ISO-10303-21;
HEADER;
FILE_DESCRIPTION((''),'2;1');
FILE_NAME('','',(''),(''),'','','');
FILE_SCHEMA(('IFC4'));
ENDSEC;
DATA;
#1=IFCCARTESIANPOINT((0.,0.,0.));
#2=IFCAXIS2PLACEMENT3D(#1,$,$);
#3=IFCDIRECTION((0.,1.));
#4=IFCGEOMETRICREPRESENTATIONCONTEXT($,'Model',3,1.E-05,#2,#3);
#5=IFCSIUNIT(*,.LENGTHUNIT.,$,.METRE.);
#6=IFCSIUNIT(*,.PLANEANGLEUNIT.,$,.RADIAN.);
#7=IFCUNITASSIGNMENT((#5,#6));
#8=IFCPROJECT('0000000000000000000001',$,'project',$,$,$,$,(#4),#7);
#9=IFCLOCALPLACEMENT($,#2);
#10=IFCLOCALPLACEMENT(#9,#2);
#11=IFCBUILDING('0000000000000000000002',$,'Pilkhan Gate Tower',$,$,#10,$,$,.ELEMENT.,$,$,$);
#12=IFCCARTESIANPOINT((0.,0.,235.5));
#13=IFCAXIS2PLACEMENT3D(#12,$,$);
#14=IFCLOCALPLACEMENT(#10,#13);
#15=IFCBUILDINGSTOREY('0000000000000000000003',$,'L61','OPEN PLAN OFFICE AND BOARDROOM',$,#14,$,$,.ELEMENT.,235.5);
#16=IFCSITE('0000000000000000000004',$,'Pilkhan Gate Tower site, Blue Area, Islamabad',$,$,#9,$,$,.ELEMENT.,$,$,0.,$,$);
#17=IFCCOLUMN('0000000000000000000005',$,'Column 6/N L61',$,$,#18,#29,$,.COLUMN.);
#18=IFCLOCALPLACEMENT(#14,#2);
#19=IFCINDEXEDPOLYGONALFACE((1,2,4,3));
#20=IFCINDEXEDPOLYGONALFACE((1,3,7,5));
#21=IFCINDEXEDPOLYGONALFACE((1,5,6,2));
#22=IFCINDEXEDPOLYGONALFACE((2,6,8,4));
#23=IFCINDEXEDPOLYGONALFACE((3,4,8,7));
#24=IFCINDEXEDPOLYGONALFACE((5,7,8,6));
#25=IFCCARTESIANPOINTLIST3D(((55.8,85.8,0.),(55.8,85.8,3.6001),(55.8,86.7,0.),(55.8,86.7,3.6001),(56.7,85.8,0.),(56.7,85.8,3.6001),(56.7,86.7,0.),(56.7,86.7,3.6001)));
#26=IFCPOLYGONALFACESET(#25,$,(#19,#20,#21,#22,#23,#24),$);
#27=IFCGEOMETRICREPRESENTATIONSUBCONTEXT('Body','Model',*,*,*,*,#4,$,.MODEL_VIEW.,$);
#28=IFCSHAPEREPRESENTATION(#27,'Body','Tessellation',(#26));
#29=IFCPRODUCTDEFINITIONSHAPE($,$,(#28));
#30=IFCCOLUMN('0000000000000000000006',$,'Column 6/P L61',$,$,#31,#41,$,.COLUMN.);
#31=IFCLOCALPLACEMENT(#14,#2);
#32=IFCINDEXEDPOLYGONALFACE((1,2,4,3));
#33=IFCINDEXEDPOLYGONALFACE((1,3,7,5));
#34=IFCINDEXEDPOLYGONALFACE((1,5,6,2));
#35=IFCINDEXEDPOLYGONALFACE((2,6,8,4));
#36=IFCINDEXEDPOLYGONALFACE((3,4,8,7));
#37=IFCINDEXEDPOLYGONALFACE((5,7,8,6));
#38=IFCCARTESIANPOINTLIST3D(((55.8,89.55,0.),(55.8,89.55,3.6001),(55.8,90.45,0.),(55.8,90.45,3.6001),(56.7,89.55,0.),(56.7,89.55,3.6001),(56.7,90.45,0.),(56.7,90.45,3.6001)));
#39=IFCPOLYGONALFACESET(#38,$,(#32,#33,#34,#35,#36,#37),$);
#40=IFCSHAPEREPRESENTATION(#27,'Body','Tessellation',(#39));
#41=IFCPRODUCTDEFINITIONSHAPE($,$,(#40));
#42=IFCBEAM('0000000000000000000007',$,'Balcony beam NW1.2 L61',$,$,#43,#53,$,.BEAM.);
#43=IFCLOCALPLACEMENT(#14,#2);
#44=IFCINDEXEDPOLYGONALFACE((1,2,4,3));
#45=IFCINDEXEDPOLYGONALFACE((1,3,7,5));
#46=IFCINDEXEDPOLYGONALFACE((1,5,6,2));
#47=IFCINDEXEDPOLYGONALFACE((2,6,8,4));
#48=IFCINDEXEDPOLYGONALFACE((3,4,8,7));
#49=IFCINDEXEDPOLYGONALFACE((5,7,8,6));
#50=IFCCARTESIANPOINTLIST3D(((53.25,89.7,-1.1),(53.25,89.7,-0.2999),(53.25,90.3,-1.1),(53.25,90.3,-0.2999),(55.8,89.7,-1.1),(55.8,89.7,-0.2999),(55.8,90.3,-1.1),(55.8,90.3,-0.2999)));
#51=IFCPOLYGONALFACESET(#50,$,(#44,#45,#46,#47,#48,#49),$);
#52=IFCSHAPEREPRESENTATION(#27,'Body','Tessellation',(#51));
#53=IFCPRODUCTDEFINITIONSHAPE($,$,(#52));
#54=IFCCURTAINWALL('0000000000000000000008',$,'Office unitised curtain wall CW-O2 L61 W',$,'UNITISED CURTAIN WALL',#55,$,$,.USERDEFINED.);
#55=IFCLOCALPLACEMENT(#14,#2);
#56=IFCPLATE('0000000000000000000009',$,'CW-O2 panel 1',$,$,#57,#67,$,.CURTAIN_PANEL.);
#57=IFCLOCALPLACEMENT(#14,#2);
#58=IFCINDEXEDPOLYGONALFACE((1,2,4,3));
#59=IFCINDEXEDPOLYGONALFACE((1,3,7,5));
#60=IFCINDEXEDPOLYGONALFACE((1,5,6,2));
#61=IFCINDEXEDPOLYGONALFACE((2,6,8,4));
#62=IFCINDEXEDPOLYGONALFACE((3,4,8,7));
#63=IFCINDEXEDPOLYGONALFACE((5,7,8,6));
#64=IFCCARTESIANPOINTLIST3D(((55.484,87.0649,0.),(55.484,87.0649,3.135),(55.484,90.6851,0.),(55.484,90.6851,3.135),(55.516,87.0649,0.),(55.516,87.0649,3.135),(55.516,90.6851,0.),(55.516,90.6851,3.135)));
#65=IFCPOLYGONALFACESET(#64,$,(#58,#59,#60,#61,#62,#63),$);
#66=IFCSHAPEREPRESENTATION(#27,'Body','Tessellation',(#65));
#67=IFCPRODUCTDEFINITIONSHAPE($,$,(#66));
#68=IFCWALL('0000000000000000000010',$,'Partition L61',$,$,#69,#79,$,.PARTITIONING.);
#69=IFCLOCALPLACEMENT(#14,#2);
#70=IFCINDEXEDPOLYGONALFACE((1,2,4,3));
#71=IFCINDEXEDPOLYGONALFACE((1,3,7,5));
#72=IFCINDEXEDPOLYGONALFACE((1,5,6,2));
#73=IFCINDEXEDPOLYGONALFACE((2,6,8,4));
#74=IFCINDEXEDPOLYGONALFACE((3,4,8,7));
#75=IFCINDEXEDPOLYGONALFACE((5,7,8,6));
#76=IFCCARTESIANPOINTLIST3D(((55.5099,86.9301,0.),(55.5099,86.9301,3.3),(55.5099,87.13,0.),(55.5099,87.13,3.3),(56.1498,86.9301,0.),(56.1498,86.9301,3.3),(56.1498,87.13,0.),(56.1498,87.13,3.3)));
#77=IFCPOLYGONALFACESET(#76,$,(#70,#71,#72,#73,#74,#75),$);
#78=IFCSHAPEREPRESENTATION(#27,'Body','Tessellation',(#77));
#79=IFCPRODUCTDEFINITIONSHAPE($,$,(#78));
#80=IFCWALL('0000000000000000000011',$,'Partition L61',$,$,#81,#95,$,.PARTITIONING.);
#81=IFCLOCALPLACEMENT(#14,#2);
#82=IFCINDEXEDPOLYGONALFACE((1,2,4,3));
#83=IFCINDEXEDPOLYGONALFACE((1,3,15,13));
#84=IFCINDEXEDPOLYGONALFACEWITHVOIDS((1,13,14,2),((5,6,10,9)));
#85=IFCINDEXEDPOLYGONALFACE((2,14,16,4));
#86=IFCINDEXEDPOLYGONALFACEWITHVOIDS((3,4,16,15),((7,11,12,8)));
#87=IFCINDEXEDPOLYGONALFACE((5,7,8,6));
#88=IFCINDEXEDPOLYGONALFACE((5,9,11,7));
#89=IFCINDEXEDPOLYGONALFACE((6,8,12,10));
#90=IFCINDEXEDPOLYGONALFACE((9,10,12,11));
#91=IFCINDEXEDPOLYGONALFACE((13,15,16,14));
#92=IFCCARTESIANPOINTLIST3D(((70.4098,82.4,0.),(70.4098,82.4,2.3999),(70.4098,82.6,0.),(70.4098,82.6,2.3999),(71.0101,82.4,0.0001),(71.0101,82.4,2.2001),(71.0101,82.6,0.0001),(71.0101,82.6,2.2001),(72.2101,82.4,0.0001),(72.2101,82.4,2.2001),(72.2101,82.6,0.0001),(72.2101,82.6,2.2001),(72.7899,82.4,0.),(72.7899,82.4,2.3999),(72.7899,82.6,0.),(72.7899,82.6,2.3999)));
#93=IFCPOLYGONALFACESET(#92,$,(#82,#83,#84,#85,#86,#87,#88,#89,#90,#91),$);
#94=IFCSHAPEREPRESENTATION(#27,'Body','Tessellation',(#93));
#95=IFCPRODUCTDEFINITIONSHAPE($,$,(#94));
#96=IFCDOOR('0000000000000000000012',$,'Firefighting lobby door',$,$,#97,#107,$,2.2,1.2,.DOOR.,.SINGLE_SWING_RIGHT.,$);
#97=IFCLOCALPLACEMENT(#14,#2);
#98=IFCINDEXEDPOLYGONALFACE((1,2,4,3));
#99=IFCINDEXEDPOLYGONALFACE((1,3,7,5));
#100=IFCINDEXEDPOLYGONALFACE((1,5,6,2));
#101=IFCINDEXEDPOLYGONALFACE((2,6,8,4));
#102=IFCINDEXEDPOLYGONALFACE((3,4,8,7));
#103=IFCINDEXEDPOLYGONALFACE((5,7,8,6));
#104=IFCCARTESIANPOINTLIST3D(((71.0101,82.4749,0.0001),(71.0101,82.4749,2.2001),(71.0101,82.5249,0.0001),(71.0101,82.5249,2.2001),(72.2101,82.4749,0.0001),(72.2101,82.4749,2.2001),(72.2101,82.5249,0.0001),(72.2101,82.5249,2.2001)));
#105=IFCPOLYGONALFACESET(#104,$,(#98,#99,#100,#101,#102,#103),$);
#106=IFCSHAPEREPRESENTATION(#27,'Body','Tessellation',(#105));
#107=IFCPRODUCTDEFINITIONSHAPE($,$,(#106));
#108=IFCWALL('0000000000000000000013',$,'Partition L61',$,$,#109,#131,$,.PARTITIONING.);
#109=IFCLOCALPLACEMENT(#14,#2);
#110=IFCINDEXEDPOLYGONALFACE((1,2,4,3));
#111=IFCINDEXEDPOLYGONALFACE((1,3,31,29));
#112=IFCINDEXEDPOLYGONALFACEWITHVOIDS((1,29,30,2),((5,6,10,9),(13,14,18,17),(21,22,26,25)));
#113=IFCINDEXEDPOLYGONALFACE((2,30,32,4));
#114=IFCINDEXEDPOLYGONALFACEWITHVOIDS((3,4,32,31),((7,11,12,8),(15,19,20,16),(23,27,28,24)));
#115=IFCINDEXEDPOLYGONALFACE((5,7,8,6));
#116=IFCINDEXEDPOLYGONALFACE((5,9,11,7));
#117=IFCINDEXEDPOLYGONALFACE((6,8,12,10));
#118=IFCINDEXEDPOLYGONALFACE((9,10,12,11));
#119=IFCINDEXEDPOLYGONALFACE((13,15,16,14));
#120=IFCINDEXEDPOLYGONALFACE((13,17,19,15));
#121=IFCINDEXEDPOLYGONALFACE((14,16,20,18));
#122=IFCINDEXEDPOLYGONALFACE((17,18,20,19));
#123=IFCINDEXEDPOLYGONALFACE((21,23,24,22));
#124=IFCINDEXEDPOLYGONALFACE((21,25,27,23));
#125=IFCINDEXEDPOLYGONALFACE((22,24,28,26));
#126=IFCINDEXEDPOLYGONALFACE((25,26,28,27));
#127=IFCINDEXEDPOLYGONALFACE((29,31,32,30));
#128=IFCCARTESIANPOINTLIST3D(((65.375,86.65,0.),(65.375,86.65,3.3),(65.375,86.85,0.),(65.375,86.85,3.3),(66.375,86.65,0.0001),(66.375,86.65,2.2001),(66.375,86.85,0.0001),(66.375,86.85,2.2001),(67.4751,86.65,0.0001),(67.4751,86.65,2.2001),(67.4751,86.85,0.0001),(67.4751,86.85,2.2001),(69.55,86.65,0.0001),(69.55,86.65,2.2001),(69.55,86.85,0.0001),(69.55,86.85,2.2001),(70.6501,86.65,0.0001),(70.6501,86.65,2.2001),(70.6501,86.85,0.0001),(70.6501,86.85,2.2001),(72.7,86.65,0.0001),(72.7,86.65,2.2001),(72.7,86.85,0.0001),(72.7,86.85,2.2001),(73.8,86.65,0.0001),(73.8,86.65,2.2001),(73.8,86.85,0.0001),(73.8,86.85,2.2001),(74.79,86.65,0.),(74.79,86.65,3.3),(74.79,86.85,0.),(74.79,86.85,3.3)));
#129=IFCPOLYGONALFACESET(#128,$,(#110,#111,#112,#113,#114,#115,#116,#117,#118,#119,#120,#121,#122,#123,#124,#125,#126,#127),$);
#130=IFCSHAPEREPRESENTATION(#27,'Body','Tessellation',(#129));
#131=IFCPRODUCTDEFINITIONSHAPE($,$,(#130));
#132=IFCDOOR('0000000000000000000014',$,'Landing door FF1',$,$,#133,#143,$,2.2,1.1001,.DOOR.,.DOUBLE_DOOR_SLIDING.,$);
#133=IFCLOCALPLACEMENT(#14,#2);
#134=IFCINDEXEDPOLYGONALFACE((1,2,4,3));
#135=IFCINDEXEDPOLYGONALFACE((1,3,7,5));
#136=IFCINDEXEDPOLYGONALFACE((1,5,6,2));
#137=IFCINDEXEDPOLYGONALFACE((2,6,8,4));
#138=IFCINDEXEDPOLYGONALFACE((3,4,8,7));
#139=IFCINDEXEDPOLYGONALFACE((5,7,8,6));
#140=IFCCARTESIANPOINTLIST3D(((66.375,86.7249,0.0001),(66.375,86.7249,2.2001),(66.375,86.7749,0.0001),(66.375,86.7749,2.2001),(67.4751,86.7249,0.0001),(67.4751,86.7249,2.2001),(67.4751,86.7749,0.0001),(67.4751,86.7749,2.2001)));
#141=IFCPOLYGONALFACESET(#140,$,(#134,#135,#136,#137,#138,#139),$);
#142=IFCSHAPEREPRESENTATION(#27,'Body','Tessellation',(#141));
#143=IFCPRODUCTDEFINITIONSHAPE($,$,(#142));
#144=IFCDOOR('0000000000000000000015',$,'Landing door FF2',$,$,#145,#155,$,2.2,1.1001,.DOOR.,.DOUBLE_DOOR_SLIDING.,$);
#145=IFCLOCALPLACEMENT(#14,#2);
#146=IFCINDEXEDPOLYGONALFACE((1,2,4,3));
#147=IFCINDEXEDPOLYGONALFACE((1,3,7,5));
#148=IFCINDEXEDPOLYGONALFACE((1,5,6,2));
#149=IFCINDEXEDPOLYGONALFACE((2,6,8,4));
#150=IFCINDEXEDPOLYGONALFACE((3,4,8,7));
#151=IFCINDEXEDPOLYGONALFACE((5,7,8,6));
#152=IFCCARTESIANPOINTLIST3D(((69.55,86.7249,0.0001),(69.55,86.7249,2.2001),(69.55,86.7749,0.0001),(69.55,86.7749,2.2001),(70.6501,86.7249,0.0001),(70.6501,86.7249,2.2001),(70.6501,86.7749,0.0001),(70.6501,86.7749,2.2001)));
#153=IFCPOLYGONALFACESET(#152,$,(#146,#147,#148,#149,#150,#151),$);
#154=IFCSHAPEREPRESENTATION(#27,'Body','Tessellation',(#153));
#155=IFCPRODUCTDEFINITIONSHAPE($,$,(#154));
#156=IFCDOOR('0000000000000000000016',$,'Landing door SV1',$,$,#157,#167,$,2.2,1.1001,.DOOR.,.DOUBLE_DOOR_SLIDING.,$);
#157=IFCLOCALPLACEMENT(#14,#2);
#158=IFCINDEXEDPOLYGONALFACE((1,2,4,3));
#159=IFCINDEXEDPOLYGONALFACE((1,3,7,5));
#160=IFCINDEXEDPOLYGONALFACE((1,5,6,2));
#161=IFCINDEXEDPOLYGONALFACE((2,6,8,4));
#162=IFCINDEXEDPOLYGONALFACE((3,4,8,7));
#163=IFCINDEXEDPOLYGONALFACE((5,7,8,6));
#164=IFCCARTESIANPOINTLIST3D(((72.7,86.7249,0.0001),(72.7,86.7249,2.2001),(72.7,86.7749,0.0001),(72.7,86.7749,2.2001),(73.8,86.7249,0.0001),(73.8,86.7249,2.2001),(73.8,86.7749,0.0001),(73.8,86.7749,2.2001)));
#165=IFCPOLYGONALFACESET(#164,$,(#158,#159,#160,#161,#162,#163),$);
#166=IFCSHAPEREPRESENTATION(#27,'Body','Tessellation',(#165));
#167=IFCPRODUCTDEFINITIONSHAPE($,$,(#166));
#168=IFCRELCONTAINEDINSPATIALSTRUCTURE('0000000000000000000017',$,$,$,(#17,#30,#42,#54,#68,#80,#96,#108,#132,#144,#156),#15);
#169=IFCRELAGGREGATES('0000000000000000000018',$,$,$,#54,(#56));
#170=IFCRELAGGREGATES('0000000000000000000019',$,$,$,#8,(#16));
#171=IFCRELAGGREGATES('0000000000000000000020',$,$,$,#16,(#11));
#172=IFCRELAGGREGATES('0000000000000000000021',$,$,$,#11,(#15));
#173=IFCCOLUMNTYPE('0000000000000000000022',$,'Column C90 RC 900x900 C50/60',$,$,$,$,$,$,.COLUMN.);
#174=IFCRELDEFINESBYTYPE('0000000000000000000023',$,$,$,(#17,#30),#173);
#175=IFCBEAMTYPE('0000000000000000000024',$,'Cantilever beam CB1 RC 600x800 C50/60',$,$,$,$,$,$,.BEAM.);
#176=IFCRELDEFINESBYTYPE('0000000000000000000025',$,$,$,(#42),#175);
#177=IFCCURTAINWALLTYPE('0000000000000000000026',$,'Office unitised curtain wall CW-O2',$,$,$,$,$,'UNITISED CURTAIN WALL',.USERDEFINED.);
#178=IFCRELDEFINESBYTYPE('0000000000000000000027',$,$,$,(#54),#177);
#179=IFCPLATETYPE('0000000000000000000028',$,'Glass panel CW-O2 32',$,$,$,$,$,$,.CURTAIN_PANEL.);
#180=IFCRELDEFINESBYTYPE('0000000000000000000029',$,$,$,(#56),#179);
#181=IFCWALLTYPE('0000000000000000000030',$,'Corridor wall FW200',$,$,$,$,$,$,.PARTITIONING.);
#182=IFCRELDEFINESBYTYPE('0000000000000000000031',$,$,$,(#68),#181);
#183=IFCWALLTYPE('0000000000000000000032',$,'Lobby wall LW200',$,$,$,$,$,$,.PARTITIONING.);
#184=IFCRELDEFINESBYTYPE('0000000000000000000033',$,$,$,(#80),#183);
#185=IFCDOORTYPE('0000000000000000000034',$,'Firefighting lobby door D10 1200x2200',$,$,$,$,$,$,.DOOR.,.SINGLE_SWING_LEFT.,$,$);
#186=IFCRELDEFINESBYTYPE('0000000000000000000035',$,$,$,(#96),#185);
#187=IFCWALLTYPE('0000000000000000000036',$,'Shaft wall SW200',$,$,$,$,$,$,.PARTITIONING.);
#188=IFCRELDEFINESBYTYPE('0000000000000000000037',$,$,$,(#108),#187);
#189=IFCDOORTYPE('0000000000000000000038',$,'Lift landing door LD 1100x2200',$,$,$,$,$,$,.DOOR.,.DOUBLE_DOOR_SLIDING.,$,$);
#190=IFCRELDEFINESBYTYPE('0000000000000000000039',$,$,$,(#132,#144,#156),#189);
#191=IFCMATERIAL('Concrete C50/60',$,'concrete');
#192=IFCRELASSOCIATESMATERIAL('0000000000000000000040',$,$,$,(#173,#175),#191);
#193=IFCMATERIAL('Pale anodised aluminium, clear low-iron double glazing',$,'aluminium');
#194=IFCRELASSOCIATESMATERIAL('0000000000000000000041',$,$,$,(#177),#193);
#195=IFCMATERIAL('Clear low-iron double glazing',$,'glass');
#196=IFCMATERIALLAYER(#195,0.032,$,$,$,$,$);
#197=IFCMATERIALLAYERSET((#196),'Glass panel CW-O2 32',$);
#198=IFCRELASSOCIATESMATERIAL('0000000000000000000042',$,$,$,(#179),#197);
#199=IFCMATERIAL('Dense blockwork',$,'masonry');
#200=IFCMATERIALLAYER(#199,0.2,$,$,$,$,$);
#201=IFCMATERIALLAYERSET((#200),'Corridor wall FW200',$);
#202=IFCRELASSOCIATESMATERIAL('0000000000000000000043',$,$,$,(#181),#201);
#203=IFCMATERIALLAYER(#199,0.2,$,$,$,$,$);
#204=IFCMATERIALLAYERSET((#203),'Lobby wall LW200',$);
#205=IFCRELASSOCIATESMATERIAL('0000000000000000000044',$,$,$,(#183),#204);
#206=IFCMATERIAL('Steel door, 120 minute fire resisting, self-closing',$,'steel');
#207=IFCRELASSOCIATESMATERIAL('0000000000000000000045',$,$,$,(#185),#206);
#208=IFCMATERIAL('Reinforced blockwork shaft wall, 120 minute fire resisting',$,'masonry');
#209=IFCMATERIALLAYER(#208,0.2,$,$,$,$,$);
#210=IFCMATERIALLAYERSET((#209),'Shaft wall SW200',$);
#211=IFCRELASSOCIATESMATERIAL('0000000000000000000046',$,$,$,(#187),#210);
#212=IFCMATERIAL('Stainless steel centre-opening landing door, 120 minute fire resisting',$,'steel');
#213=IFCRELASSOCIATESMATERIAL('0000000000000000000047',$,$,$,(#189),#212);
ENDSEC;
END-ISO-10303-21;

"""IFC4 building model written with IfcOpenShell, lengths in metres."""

from ifc_helpers import new_model, si_unit, direction, frame, frame_2d, origin, origin_2d, place, context, subcontext, project, spatial, rectangle, extrude, material, layer, layer_set, material_profile, profile_set, type_object, element, fill, aggregate, save


model = new_model("IFC4")

# Units and contexts
model_context = context("Model", 3, precision=1e-05, world=origin(), true_north=direction((0.0, 1.0)))
body_context = subcontext(model_context, "Body", "Model", "MODEL_VIEW")
ifc_project = project(units=[si_unit("LENGTHUNIT", "METRE"), si_unit("PLANEANGLEUNIT", "RADIAN")], contexts=[model_context])

# Site, building, storey
site_placement = place(None, origin())
site = spatial("IfcSite", under=ifc_project, at=site_placement, Name="Pilkhan Gate Tower site, Blue Area, Islamabad", CompositionType="ELEMENT", RefElevation=0.0)
building_placement = place(site_placement, origin())
building = spatial("IfcBuilding", under=site, at=building_placement, Name="Pilkhan Gate Tower", CompositionType="ELEMENT")
storey_placement = place(building_placement, frame((0.0, 0.0, 235.5)))
storey = spatial("IfcBuildingStorey", under=building, at=storey_placement, Name="L61", Description="OPEN PLAN OFFICE AND BOARDROOM", CompositionType="ELEMENT", Elevation=235.5)

# Columns
ifc_material_1 = material(Name="Concrete C50/60", Category="concrete")
ifc_material_profile_1 = material_profile(ifc_material_1, rectangle(XDim=0.8999, YDim=0.8999, at=origin_2d()), Name="RC 900x900")
ifc_profile_set_1 = profile_set([ifc_material_profile_1], Name="Concrete C50/60")
column_type = type_object("IfcColumnType", Name="Column C90 RC 900x900 C50/60", PredefinedType="COLUMN", material=ifc_profile_set_1)
for number, where, z_axis, x_axis, name in (
    (1, (56.25, 86.25, 0.0), (0.0, 0.0, 1.0), (1.0, 0.0, 0.0), "Column 6/N L61"),
    (2, (56.25, 90.0, 0.0), (0.0, 0.0, 1.0), (1.0, 0.0, 0.0), "Column 6/P L61"),
):
    element("IfcColumn", number, at=place(storey_placement, frame(where, z_axis=z_axis, x_axis=x_axis)), inside=storey, type_object=column_type, Name=name, PredefinedType="COLUMN", context=body_context, shape_type="SweptSolid", body=[
        extrude(rectangle(XDim=0.8999, YDim=0.8999, at=origin_2d()), origin(), (0.0, 0.0, 1.0), 3.6001),
    ])

# Beam
ifc_material_profile_2 = material_profile(ifc_material_1, rectangle(XDim=0.6001, YDim=0.8, at=origin_2d()), Name="RC 600x800")
ifc_profile_set_2 = profile_set([ifc_material_profile_2], Name="Concrete C50/60")
beam_type = type_object("IfcBeamType", Name="Cantilever beam CB1 RC 600x800 C50/60", PredefinedType="BEAM", material=ifc_profile_set_2)
beam_placement = place(storey_placement, frame((55.8, 90.0, -0.7), z_axis=(-1.0, 0.0, 0.0), x_axis=(0.0, -1.0, 0.0)))
element("IfcBeam", 3, at=beam_placement, inside=storey, type_object=beam_type, Name="Balcony beam NW1.2 L61", PredefinedType="BEAM", context=body_context, shape_type="SweptSolid", body=[
    extrude(rectangle(XDim=0.6001, YDim=0.8, at=origin_2d()), origin(), (0.0, 0.0, 1.0), 2.55),
])

# Curtain wall, plate
ifc_material_2 = material(Name="Pale anodised aluminium, clear low-iron double glazing", Category="aluminium")
curtain_wall_type = type_object("IfcCurtainWallType", Name="Office unitised curtain wall CW-O2", ElementType="UNITISED CURTAIN WALL", PredefinedType="USERDEFINED", material=ifc_material_2)
curtain_wall_placement = place(storey_placement, origin())
curtain_wall = element("IfcCurtainWall", 4, at=curtain_wall_placement, inside=storey, type_object=curtain_wall_type, Name="Office unitised curtain wall CW-O2 L61 W", ObjectType="UNITISED CURTAIN WALL", PredefinedType="USERDEFINED")
ifc_material_3 = material(Name="Clear low-iron double glazing", Category="glass")
ifc_layer_1 = layer(ifc_material_3, 0.032)
ifc_layer_set_1 = layer_set([ifc_layer_1], Name="Glass panel CW-O2 32")
plate_type = type_object("IfcPlateType", Name="Glass panel CW-O2 32", PredefinedType="CURTAIN_PANEL", material=ifc_layer_set_1)
plate_placement = place(storey_placement, frame((55.5, 88.875, 0.0), z_axis=(0.0, 0.0, 1.0), x_axis=(0.0, 1.0, 0.0)))
plate = element("IfcPlate", 5, at=plate_placement, type_object=plate_type, Name="CW-O2 panel 1", PredefinedType="CURTAIN_PANEL", context=body_context, shape_type="SweptSolid", body=[
    extrude(rectangle(XDim=3.6201, YDim=0.032, at=origin_2d()), origin(), (0.0, 0.0, 1.0), 3.135),
])
aggregate(curtain_wall, [plate])

# Wall
ifc_material_4 = material(Name="Dense blockwork", Category="masonry")
ifc_layer_2 = layer(ifc_material_4, 0.2)
ifc_layer_set_2 = layer_set([ifc_layer_2], Name="Corridor wall FW200")
wall_type_1 = type_object("IfcWallType", Name="Corridor wall FW200", PredefinedType="PARTITIONING", material=ifc_layer_set_2)
wall_1_placement = place(storey_placement, frame((55.51, 87.03, 0.0), z_axis=(0.0, 0.0, 1.0), x_axis=(1.0, 0.0, 0.0)))
element("IfcWall", 6, at=wall_1_placement, inside=storey, type_object=wall_type_1, Name="Partition L61", PredefinedType="PARTITIONING", context=body_context, shape_type="SweptSolid", body=[
    extrude(rectangle(XDim=0.6399, YDim=0.2, at=frame_2d((0.3198, 0.0))), origin(), (0.0, 0.0, 1.0), 3.3),
])

# Wall, opening, door
ifc_layer_3 = layer(ifc_material_4, 0.2)
ifc_layer_set_3 = layer_set([ifc_layer_3], Name="Lobby wall LW200")
wall_type_2 = type_object("IfcWallType", Name="Lobby wall LW200", PredefinedType="PARTITIONING", material=ifc_layer_set_3)
wall_2_placement = place(storey_placement, frame((70.4099, 82.5, 0.0), z_axis=(0.0, 0.0, 1.0), x_axis=(1.0, 0.0, 0.0)))
wall_2 = element("IfcWall", 7, at=wall_2_placement, inside=storey, type_object=wall_type_2, Name="Partition L61", PredefinedType="PARTITIONING", context=body_context, shape_type="SweptSolid", body=[
    extrude(rectangle(XDim=2.3801, YDim=0.2, at=frame_2d((1.1899, 0.0))), origin(), (0.0, 0.0, 1.0), 2.3999),
])
opening_1_placement = place(wall_2_placement, frame((0.6001, 0.0, 0.0)))
opening_1 = element("IfcOpeningElement", 8, at=opening_1_placement, cuts=wall_2, PredefinedType="OPENING", context=body_context, shape_type="SweptSolid", body=[
    extrude(rectangle(XDim=1.2, YDim=2.2, at=frame_2d((0.6001, 1.1001))), frame((0.0, 0.1099, 0.0), z_axis=(0.0, -1.0, 0.0), x_axis=(1.0, 0.0, 0.0)), (0.0, 0.0, 1.0), 0.22),
])
ifc_material_5 = material(Name="Steel door, 120 minute fire resisting, self-closing", Category="steel")
door_type_1 = type_object("IfcDoorType", Name="Firefighting lobby door D10 1200x2200", OperationType="SINGLE_SWING_LEFT", PredefinedType="DOOR", material=ifc_material_5)
door_1_placement = place(opening_1_placement, origin())
door_1 = element("IfcDoor", 9, at=door_1_placement, inside=storey, type_object=door_type_1, Name="Firefighting lobby door", OperationType="SINGLE_SWING_RIGHT", OverallHeight=2.2, OverallWidth=1.2, PredefinedType="DOOR", context=body_context, shape_type="SweptSolid", body=[
    extrude(rectangle(XDim=1.2, YDim=2.2, at=frame_2d((0.6001, 1.1001))), frame((0.0, 0.0249, 0.0), z_axis=(0.0, -1.0, 0.0), x_axis=(1.0, 0.0, 0.0)), (0.0, 0.0, 1.0), 0.05),
])
fill(opening_1, door_1)

# Wall, openings, doors
ifc_material_6 = material(Name="Reinforced blockwork shaft wall, 120 minute fire resisting", Category="masonry")
ifc_layer_4 = layer(ifc_material_6, 0.2)
ifc_layer_set_4 = layer_set([ifc_layer_4], Name="Shaft wall SW200")
wall_type_3 = type_object("IfcWallType", Name="Shaft wall SW200", PredefinedType="PARTITIONING", material=ifc_layer_set_4)
wall_3_placement = place(storey_placement, frame((65.375, 86.75, 0.0), z_axis=(0.0, 0.0, 1.0), x_axis=(1.0, 0.0, 0.0)))
wall_3 = element("IfcWall", 10, at=wall_3_placement, inside=storey, type_object=wall_type_3, Name="Partition L61", PredefinedType="PARTITIONING", context=body_context, shape_type="SweptSolid", body=[
    extrude(rectangle(XDim=9.415, YDim=0.2, at=frame_2d((4.7075, 0.0))), origin(), (0.0, 0.0, 1.0), 3.3),
])
opening_2_placement = place(wall_3_placement, frame((1.0, 0.0, 0.0)))
opening_2 = element("IfcOpeningElement", 11, at=opening_2_placement, cuts=wall_3, PredefinedType="OPENING", context=body_context, shape_type="SweptSolid", body=[
    extrude(rectangle(XDim=1.1001, YDim=2.2, at=frame_2d((0.55, 1.1001))), frame((0.0, 0.1099, 0.0), z_axis=(0.0, -1.0, 0.0), x_axis=(1.0, 0.0, 0.0)), (0.0, 0.0, 1.0), 0.22),
])
opening_3_placement = place(wall_3_placement, frame((4.175, 0.0, 0.0)))
opening_3 = element("IfcOpeningElement", 12, at=opening_3_placement, cuts=wall_3, PredefinedType="OPENING", context=body_context, shape_type="SweptSolid", body=[
    extrude(rectangle(XDim=1.1001, YDim=2.2, at=frame_2d((0.55, 1.1001))), frame((0.0, 0.1099, 0.0), z_axis=(0.0, -1.0, 0.0), x_axis=(1.0, 0.0, 0.0)), (0.0, 0.0, 1.0), 0.22),
])
opening_4_placement = place(wall_3_placement, frame((7.325, 0.0, 0.0)))
opening_4 = element("IfcOpeningElement", 13, at=opening_4_placement, cuts=wall_3, PredefinedType="OPENING", context=body_context, shape_type="SweptSolid", body=[
    extrude(rectangle(XDim=1.1001, YDim=2.2, at=frame_2d((0.55, 1.1001))), frame((0.0, 0.1099, 0.0), z_axis=(0.0, -1.0, 0.0), x_axis=(1.0, 0.0, 0.0)), (0.0, 0.0, 1.0), 0.22),
])
ifc_material_7 = material(Name="Stainless steel centre-opening landing door, 120 minute fire resisting", Category="steel")
door_type_2 = type_object("IfcDoorType", Name="Lift landing door LD 1100x2200", OperationType="DOUBLE_DOOR_SLIDING", PredefinedType="DOOR", material=ifc_material_7)
door_2_placement = place(opening_2_placement, origin())
door_2 = element("IfcDoor", 14, at=door_2_placement, inside=storey, type_object=door_type_2, Name="Landing door FF1", OperationType="DOUBLE_DOOR_SLIDING", OverallHeight=2.2, OverallWidth=1.1001, PredefinedType="DOOR", context=body_context, shape_type="SweptSolid", body=[
    extrude(rectangle(XDim=1.1001, YDim=2.2, at=frame_2d((0.55, 1.1001))), frame((0.0, 0.0249, 0.0), z_axis=(0.0, -1.0, 0.0), x_axis=(1.0, 0.0, 0.0)), (0.0, 0.0, 1.0), 0.05),
])
fill(opening_2, door_2)
door_3_placement = place(opening_3_placement, origin())
door_3 = element("IfcDoor", 15, at=door_3_placement, inside=storey, type_object=door_type_2, Name="Landing door FF2", OperationType="DOUBLE_DOOR_SLIDING", OverallHeight=2.2, OverallWidth=1.1001, PredefinedType="DOOR", context=body_context, shape_type="SweptSolid", body=[
    extrude(rectangle(XDim=1.1001, YDim=2.2, at=frame_2d((0.55, 1.1001))), frame((0.0, 0.0249, 0.0), z_axis=(0.0, -1.0, 0.0), x_axis=(1.0, 0.0, 0.0)), (0.0, 0.0, 1.0), 0.05),
])
fill(opening_3, door_3)
door_4_placement = place(opening_4_placement, origin())
door_4 = element("IfcDoor", 16, at=door_4_placement, inside=storey, type_object=door_type_2, Name="Landing door SV1", OperationType="DOUBLE_DOOR_SLIDING", OverallHeight=2.2, OverallWidth=1.1001, PredefinedType="DOOR", context=body_context, shape_type="SweptSolid", body=[
    extrude(rectangle(XDim=1.1001, YDim=2.2, at=frame_2d((0.55, 1.1001))), frame((0.0, 0.0249, 0.0), z_axis=(0.0, -1.0, 0.0), x_axis=(1.0, 0.0, 0.0)), (0.0, 0.0, 1.0), 0.05),
])
fill(opening_4, door_4)

save(model, "model.ifc")
